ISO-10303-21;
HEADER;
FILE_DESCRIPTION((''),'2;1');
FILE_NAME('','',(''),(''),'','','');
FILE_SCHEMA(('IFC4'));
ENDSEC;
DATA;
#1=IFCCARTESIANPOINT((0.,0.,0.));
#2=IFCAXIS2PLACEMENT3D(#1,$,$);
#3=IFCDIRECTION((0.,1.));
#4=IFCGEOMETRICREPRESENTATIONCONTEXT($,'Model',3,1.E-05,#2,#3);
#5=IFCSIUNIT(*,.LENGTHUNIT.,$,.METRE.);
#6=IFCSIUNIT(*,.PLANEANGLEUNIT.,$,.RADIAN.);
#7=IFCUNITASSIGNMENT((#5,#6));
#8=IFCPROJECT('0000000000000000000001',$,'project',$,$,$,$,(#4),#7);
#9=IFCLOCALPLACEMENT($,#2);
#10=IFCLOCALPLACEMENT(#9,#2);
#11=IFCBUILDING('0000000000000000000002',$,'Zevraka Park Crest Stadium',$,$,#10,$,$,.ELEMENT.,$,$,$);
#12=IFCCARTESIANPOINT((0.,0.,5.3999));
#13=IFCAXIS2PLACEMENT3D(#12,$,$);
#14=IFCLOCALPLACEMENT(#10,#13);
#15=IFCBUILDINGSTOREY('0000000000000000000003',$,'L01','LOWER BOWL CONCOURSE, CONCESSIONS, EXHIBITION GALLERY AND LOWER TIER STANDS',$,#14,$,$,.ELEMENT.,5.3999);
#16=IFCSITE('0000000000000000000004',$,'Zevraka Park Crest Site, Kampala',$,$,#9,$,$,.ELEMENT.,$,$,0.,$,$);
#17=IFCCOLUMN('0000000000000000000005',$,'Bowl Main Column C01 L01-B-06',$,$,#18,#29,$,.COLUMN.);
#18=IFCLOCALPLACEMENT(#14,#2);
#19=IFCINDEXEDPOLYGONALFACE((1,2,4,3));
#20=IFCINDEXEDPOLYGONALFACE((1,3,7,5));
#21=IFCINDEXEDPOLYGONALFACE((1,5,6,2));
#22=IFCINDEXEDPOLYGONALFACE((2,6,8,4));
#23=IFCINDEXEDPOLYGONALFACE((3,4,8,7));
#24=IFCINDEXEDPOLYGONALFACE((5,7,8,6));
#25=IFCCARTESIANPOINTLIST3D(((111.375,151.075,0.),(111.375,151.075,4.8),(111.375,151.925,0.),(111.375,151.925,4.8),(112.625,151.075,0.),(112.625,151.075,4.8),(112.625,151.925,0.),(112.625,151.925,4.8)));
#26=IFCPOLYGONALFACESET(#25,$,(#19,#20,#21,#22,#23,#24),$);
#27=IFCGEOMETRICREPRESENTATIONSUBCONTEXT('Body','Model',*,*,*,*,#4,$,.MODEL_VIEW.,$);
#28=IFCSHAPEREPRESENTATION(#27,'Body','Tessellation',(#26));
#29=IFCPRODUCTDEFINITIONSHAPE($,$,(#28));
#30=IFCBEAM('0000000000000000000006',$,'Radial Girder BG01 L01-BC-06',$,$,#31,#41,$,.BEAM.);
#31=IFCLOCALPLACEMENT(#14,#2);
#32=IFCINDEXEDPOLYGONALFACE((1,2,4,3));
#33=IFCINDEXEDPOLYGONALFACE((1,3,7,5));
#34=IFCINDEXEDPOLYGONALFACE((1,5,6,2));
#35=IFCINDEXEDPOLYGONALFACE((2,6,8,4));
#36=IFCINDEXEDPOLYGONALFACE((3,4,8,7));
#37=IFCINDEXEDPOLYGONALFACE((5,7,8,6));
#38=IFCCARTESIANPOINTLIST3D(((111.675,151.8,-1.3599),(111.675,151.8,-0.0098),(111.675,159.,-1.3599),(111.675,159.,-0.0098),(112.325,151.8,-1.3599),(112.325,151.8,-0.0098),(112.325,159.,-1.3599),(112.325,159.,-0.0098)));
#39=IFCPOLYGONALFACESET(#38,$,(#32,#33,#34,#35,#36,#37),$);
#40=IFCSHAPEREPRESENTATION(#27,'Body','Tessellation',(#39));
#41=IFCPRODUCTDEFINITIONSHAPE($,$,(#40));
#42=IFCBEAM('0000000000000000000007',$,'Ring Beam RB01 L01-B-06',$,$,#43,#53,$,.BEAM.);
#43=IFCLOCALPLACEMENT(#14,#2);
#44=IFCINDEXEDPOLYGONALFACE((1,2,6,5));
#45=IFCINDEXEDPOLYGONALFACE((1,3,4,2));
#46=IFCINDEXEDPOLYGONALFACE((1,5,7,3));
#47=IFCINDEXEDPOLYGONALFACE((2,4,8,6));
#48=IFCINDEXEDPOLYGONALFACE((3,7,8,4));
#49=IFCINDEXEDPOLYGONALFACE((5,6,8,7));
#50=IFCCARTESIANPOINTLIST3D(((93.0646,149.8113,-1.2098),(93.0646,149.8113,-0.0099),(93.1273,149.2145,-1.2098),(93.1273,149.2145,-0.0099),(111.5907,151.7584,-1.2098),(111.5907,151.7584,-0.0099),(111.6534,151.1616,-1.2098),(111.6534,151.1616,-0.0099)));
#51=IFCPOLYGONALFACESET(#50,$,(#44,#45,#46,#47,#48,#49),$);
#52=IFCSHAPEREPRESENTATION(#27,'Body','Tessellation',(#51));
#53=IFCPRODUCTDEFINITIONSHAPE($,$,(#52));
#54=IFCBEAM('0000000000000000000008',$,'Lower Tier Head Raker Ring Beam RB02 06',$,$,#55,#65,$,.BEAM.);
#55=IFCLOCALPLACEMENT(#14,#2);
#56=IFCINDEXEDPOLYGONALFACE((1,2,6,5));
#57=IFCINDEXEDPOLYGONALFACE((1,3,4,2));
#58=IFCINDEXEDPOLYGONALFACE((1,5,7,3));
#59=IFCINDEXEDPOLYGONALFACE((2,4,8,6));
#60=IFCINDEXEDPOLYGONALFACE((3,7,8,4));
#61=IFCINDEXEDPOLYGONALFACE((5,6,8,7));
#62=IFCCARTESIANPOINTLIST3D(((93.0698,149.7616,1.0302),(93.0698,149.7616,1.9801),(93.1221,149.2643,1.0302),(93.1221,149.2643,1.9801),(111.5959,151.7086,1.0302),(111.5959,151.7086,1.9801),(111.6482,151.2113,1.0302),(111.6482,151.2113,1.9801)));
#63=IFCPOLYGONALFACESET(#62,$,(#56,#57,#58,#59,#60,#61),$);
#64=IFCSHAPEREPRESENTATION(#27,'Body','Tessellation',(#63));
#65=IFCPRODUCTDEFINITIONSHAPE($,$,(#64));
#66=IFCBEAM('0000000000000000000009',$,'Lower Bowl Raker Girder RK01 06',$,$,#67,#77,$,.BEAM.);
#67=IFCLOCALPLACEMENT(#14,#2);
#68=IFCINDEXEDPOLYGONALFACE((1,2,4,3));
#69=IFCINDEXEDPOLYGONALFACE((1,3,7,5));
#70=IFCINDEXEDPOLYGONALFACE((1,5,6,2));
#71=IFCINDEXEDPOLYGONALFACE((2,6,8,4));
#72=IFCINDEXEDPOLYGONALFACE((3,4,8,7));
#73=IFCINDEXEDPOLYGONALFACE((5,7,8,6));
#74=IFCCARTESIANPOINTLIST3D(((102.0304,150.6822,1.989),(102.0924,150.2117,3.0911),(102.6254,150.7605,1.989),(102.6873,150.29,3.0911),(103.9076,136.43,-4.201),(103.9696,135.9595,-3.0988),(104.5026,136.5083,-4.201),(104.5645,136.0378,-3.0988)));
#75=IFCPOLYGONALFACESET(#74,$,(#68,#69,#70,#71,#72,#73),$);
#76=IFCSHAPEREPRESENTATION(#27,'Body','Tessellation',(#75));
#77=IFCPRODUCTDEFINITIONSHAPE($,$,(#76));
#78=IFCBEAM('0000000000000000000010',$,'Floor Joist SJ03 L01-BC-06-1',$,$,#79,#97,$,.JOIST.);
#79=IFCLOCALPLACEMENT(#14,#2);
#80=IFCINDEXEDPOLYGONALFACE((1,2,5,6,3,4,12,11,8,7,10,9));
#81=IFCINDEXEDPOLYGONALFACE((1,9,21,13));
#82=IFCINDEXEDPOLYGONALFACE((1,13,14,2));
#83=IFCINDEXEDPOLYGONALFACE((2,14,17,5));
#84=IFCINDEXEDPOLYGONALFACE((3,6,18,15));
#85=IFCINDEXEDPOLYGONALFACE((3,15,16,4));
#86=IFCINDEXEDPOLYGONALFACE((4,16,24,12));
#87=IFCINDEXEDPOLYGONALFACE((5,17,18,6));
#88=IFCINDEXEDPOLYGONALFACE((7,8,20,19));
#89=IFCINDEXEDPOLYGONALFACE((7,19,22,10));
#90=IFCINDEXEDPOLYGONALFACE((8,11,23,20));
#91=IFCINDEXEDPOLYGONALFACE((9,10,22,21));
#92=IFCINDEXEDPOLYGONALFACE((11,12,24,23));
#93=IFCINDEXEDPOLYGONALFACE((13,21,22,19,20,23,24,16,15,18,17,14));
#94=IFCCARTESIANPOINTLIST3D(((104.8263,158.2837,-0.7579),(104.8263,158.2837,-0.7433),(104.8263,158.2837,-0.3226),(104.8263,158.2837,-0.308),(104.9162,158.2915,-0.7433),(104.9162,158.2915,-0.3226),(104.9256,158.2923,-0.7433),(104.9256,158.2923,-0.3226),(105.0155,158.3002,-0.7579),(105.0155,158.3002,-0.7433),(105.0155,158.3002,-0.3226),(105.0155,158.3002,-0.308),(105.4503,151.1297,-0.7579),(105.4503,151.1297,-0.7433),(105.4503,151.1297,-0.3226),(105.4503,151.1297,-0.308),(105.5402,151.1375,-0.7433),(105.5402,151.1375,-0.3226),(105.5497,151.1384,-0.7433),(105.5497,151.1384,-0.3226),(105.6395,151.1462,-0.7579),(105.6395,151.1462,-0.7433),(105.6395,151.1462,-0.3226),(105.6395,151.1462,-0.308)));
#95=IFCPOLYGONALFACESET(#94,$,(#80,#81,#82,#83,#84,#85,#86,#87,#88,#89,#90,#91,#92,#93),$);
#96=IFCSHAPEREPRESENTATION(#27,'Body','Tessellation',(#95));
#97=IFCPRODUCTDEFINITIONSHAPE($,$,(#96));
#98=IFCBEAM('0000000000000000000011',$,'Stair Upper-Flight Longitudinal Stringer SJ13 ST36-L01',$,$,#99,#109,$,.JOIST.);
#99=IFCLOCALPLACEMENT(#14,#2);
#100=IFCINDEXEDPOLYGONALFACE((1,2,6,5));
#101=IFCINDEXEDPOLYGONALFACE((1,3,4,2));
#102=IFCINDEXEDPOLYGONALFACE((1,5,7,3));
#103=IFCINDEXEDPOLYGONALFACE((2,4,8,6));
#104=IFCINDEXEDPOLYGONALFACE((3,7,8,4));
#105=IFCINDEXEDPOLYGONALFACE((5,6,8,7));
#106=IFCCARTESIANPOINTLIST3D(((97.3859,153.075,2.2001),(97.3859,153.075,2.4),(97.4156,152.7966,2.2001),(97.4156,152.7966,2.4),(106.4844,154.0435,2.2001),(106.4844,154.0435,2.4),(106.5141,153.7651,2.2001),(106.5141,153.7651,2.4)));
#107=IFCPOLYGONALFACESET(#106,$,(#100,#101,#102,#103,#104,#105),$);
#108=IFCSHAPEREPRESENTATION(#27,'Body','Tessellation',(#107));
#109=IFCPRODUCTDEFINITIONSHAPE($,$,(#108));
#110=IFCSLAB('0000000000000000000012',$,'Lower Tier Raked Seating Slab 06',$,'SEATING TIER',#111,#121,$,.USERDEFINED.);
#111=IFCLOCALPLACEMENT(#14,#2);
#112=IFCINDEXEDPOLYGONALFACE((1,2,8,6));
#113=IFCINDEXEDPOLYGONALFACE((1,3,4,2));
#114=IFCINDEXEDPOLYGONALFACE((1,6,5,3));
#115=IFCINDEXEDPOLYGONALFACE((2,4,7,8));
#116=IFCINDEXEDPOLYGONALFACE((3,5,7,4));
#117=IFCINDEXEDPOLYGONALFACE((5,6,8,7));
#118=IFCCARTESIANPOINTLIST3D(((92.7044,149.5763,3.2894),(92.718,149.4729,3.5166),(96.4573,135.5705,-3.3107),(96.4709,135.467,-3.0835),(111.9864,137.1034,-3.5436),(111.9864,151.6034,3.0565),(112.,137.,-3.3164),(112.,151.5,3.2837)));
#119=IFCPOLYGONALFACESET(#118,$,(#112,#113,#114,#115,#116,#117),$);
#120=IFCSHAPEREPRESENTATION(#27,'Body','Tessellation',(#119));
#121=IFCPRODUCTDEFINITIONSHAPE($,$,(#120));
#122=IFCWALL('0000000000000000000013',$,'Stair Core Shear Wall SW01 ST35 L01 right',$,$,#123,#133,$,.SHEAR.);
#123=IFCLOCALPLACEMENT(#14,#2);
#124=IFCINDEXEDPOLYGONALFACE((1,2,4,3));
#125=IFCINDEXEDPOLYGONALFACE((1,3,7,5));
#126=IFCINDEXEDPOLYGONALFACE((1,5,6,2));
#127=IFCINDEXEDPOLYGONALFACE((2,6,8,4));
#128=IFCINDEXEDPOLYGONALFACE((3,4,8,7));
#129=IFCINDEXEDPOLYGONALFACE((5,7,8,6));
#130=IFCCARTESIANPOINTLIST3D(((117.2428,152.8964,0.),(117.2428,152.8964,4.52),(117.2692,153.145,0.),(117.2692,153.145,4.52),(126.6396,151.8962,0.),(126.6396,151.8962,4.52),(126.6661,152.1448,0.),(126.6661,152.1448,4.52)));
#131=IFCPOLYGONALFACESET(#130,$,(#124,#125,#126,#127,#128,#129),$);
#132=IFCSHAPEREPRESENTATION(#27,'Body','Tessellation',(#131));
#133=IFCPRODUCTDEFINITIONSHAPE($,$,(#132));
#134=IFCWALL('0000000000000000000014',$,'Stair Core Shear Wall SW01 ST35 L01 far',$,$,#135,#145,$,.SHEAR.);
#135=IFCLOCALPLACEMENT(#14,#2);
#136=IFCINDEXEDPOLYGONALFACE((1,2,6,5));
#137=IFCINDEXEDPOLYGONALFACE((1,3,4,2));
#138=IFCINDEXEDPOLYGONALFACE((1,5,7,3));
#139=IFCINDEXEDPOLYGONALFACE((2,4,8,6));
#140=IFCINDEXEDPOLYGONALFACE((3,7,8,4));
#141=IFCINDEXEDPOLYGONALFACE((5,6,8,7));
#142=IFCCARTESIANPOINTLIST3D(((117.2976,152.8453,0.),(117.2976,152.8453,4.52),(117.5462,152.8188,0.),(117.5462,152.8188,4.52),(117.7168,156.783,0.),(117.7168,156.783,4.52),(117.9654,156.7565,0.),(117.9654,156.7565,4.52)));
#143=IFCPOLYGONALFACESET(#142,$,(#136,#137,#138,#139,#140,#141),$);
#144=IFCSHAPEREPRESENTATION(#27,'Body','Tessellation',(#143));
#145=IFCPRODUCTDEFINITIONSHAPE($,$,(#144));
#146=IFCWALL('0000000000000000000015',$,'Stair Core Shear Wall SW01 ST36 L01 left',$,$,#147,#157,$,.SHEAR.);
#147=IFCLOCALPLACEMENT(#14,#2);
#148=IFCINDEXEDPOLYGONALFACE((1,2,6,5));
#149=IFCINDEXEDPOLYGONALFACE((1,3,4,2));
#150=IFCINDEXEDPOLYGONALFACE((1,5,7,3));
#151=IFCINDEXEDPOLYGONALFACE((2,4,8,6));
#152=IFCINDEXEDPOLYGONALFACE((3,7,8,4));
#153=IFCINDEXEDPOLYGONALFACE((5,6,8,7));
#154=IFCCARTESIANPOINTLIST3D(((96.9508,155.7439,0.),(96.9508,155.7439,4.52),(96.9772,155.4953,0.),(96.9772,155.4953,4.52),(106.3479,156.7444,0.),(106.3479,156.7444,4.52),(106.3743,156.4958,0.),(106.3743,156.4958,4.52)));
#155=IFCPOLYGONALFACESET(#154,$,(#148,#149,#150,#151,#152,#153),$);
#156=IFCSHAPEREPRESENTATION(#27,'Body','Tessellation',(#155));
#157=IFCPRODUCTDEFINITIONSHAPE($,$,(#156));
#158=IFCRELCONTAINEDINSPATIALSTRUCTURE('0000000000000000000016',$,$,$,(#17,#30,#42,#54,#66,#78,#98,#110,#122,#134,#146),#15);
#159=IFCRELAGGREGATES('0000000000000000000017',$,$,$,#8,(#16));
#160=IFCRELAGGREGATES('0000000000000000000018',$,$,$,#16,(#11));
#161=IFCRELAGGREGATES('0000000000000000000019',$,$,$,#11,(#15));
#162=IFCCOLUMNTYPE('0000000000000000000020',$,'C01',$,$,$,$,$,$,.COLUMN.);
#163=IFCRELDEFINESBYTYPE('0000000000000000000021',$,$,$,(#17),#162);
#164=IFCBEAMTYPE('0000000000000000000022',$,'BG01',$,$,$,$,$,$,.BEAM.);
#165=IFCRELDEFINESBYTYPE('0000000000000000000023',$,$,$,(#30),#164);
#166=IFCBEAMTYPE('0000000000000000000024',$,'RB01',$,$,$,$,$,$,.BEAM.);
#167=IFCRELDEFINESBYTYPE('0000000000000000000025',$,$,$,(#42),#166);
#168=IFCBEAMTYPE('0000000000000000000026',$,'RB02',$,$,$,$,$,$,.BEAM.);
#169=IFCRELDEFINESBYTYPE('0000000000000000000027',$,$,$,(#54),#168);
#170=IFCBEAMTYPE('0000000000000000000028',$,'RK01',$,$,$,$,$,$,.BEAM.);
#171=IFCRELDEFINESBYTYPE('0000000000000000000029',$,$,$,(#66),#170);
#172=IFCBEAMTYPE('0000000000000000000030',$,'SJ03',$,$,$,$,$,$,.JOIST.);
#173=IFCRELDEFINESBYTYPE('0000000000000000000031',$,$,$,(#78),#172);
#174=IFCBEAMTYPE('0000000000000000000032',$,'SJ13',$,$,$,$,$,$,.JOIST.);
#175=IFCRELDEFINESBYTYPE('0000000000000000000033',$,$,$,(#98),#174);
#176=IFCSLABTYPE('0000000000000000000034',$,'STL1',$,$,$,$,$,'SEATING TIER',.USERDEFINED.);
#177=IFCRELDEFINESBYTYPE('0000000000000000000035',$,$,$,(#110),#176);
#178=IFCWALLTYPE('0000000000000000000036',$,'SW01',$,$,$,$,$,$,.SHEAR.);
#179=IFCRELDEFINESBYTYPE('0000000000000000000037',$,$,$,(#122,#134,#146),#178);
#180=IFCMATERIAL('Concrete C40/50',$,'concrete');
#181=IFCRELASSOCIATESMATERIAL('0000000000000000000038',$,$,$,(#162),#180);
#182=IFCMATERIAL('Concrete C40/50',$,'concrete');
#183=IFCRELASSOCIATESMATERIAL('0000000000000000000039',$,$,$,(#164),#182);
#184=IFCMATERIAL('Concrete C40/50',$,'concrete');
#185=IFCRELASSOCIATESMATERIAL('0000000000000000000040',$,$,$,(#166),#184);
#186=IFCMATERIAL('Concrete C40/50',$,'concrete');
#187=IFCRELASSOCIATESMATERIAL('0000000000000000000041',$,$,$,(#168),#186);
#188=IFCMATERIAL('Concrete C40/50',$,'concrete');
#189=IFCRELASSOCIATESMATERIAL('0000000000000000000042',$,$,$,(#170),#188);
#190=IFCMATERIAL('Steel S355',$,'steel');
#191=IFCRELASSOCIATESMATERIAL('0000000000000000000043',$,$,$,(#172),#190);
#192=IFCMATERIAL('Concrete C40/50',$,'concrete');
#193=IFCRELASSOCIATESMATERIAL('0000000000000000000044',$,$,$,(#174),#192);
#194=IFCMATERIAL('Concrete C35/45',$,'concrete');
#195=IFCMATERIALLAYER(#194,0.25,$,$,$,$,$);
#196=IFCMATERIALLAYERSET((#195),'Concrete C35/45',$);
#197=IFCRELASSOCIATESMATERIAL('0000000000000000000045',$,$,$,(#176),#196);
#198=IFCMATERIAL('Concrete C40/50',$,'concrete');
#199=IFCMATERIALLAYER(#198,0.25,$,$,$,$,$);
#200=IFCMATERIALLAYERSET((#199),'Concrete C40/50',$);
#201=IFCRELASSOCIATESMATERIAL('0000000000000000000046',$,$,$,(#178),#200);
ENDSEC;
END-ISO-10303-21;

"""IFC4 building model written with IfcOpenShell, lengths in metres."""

from ifc_helpers import new_model, si_unit, direction, frame, frame_2d, origin, origin_2d, place, context, subcontext, project, spatial, polyline, rectangle, i_section, outline, extrude, material, layer, layer_set, material_profile, profile_set, type_object, element, save


model = new_model("IFC4")

# Units and contexts
model_context = context("Model", 3, precision=1e-05, world=origin(), true_north=direction((0.0, 1.0)))
body_context = subcontext(model_context, "Body", "Model", "MODEL_VIEW")
ifc_project = project(units=[si_unit("LENGTHUNIT", "METRE"), si_unit("PLANEANGLEUNIT", "RADIAN")], contexts=[model_context])

# Site, building, storey
site_placement = place(None, origin())
site = spatial("IfcSite", under=ifc_project, at=site_placement, Name="Zevraka Park Crest Site, Kampala", CompositionType="ELEMENT", RefElevation=0.0)
building_placement = place(site_placement, origin())
building = spatial("IfcBuilding", under=site, at=building_placement, Name="Zevraka Park Crest Stadium", CompositionType="ELEMENT")
storey_placement = place(building_placement, frame((0.0, 0.0, 5.3999)))
storey = spatial("IfcBuildingStorey", under=building, at=storey_placement, Name="L01", Description="LOWER BOWL CONCOURSE, CONCESSIONS, EXHIBITION GALLERY AND LOWER TIER STANDS", CompositionType="ELEMENT", Elevation=5.3999)

# Column
ifc_material_1 = material(Name="Concrete C40/50", Category="concrete")
ifc_material_profile_1 = material_profile(ifc_material_1, rectangle(XDim=0.8501, YDim=1.25, at=origin_2d()), Name="RC 1250x850")
ifc_profile_set_1 = profile_set([ifc_material_profile_1], Name="Concrete C40/50")
column_type = type_object("IfcColumnType", Name="C01", PredefinedType="COLUMN", material=ifc_profile_set_1)
column_placement = place(storey_placement, frame((112.0, 151.5, 0.0), z_axis=(0.0, 0.0, 1.0), x_axis=(0.0, 1.0, 0.0)))
element("IfcColumn", 1, at=column_placement, inside=storey, type_object=column_type, Name="Bowl Main Column C01 L01-B-06", PredefinedType="COLUMN", context=body_context, shape_type="SweptSolid", body=[
    extrude(rectangle(XDim=0.8501, YDim=1.25, at=origin_2d()), origin(), (0.0, 0.0, 1.0), 4.8),
])

# Beams
ifc_material_2 = material(Name="Concrete C40/50", Category="concrete")
ifc_material_profile_2 = material_profile(ifc_material_2, rectangle(XDim=0.6499, YDim=1.3501, at=origin_2d()), Name="RC 1350x650")
ifc_profile_set_2 = profile_set([ifc_material_profile_2], Name="Concrete C40/50")
beam_type_1 = type_object("IfcBeamType", Name="BG01", PredefinedType="BEAM", material=ifc_profile_set_2)
beam_1_placement = place(storey_placement, frame((112.0, 151.8, -0.6848), z_axis=(0.0, 1.0, 0.0), x_axis=(-1.0, 0.0, 0.0)))
element("IfcBeam", 2, at=beam_1_placement, inside=storey, type_object=beam_type_1, Name="Radial Girder BG01 L01-BC-06", PredefinedType="BEAM", context=body_context, shape_type="SweptSolid", body=[
    extrude(rectangle(XDim=0.6499, YDim=1.3501, at=origin_2d()), origin(), (0.0, 0.0, 1.0), 7.2),
])
ifc_material_3 = material(Name="Concrete C40/50", Category="concrete")
ifc_material_profile_3 = material_profile(ifc_material_3, rectangle(XDim=0.6001, YDim=1.2, at=origin_2d()), Name="RC 1200x600")
ifc_profile_set_3 = profile_set([ifc_material_profile_3], Name="Concrete C40/50")
beam_type_2 = type_object("IfcBeamType", Name="RB01", PredefinedType="BEAM", material=ifc_profile_set_3)
beam_2_placement = place(storey_placement, frame((111.6221, 151.46, -0.6099), z_axis=(-0.994523, -0.10452, 0.0), x_axis=(0.10452, -0.994523, 0.0)))
element("IfcBeam", 3, at=beam_2_placement, inside=storey, type_object=beam_type_2, Name="Ring Beam RB01 L01-B-06", PredefinedType="BEAM", context=body_context, shape_type="SweptSolid", body=[
    extrude(rectangle(XDim=0.6001, YDim=1.2, at=origin_2d()), origin(), (0.0, 0.0, 1.0), 18.6282),
])
ifc_material_4 = material(Name="Concrete C40/50", Category="concrete")
ifc_material_profile_4 = material_profile(ifc_material_4, rectangle(XDim=0.5, YDim=0.95, at=origin_2d()), Name="RC 950x500")
ifc_profile_set_4 = profile_set([ifc_material_profile_4], Name="Concrete C40/50")
beam_type_3 = type_object("IfcBeamType", Name="RB02", PredefinedType="BEAM", material=ifc_profile_set_4)
beam_3_placement = place(storey_placement, frame((111.6221, 151.46, 1.5051), z_axis=(-0.994523, -0.10452, 0.0), x_axis=(0.10452, -0.994523, 0.0)))
element("IfcBeam", 4, at=beam_3_placement, inside=storey, type_object=beam_type_3, Name="Lower Tier Head Raker Ring Beam RB02 06", PredefinedType="BEAM", context=body_context, shape_type="SweptSolid", body=[
    extrude(rectangle(XDim=0.5, YDim=0.95, at=origin_2d()), origin(), (0.0, 0.0, 1.0), 18.6282),
])
ifc_material_5 = material(Name="Concrete C40/50", Category="concrete")
ifc_material_profile_5 = material_profile(ifc_material_5, rectangle(XDim=0.6001, YDim=1.2, at=origin_2d()), Name="RC 1200x600")
ifc_profile_set_5 = profile_set([ifc_material_profile_5], Name="Concrete C40/50")
beam_type_4 = type_object("IfcBeamType", Name="RK01", PredefinedType="BEAM", material=ifc_profile_set_5)
beam_4_placement = place(storey_placement, frame((104.2361, 136.2339, -3.6499), z_axis=(-0.119938, 0.910606, 0.39549), x_axis=(-0.991437, -0.130585, 0.0)))
element("IfcBeam", 5, at=beam_4_placement, inside=storey, type_object=beam_type_4, Name="Lower Bowl Raker Girder RK01 06", PredefinedType="BEAM", context=body_context, shape_type="SweptSolid", body=[
    extrude(rectangle(XDim=0.6001, YDim=1.2, at=origin_2d()), origin(), (0.0, 0.0, 1.0), 15.6514),
])
ifc_material_6 = material(Name="Steel S355", Category="steel")
ifc_material_profile_6 = material_profile(ifc_material_6, i_section(OverallWidth=0.1899, OverallDepth=0.45, WebThickness=0.0095, FlangeThickness=0.0146, at=origin_2d()), Name="IPE 450")
ifc_profile_set_6 = profile_set([ifc_material_profile_6], Name="Steel S355")
beam_type_5 = type_object("IfcBeamType", Name="SJ03", PredefinedType="JOIST", material=ifc_profile_set_6)
beam_5_placement = place(storey_placement, frame((105.5449, 151.1379, -0.533), z_axis=(-0.086897, 0.996217, 0.0), x_axis=(-0.996217, -0.086897, 0.0)))
element("IfcBeam", 6, at=beam_5_placement, inside=storey, type_object=beam_type_5, Name="Floor Joist SJ03 L01-BC-06-1", PredefinedType="JOIST", context=body_context, shape_type="SweptSolid", body=[
    extrude(i_section(OverallWidth=0.1899, OverallDepth=0.45, WebThickness=0.0095, FlangeThickness=0.0146, at=origin_2d()), origin(), (0.0, 0.0, 1.0), 7.1812),
])
ifc_material_7 = material(Name="Concrete C40/50", Category="concrete")
ifc_material_profile_7 = material_profile(ifc_material_7, rectangle(XDim=0.28, YDim=0.2, at=origin_2d()), Name="RC 200x280")
ifc_profile_set_7 = profile_set([ifc_material_profile_7], Name="Concrete C40/50")
beam_type_6 = type_object("IfcBeamType", Name="SJ13", PredefinedType="JOIST", material=ifc_profile_set_7)
beam_6_placement = place(storey_placement, frame((106.4993, 153.9043, 2.3), z_axis=(-0.994382, -0.10585, 0.0), x_axis=(0.10585, -0.994382, 0.0)))
element("IfcBeam", 7, at=beam_6_placement, inside=storey, type_object=beam_type_6, Name="Stair Upper-Flight Longitudinal Stringer SJ13 ST36-L01", PredefinedType="JOIST", context=body_context, shape_type="SweptSolid", body=[
    extrude(rectangle(XDim=0.28, YDim=0.2, at=origin_2d()), origin(), (0.0, 0.0, 1.0), 9.1499),
])

# Slab
ifc_material_8 = material(Name="Concrete C35/45", Category="concrete")
ifc_layer_1 = layer(ifc_material_8, 0.25)
ifc_layer_set_1 = layer_set([ifc_layer_1], Name="Concrete C35/45")
slab_type = type_object("IfcSlabType", Name="STL1", ElementType="SEATING TIER", PredefinedType="USERDEFINED", material=ifc_layer_set_1)
slab_placement = place(storey_placement, frame((112.0, 137.0, -3.3164), z_axis=(0.054466, -0.413666, 0.908798), x_axis=(-0.995052, -0.098227, 0.014924)))
element("IfcSlab", 8, at=slab_placement, inside=storey, type_object=slab_type, Name="Lower Tier Raked Seating Slab 06", ObjectType="SEATING TIER", PredefinedType="USERDEFINED", context=body_context, shape_type="SweptSolid", body=[
    extrude(outline(polyline([(0.0, 0.0), (15.6063, 0.0), (18.0634, -15.7408), (-1.3258, -15.8762), (0.0, 0.0)])), origin(), (0.0, 0.0, -1.0), 0.25),
])

# Walls
ifc_material_9 = material(Name="Concrete C40/50", Category="concrete")
ifc_layer_2 = layer(ifc_material_9, 0.25)
ifc_layer_set_2 = layer_set([ifc_layer_2], Name="Concrete C40/50")
wall_type = type_object("IfcWallType", Name="SW01", PredefinedType="SHEAR", material=ifc_layer_set_2)
wall_1_placement = place(storey_placement, frame((117.2559, 153.0208, 0.0), z_axis=(0.0, 0.0, 1.0), x_axis=(0.994383, -0.105845, 0.0)))
element("IfcWall", 9, at=wall_1_placement, inside=storey, type_object=wall_type, Name="Stair Core Shear Wall SW01 ST35 L01 right", PredefinedType="SHEAR", context=body_context, shape_type="SweptSolid", body=[
    extrude(rectangle(XDim=9.45, YDim=0.25, at=frame_2d((4.7251, 0.0))), origin(), (0.0, 0.0, 1.0), 4.52),
])
wall_2_placement = place(storey_placement, frame((117.8411, 156.7698, 0.0), z_axis=(0.0, 0.0, 1.0), x_axis=(-0.105856, -0.994381, 0.0)))
element("IfcWall", 10, at=wall_2_placement, inside=storey, type_object=wall_type, Name="Stair Core Shear Wall SW01 ST35 L01 far", PredefinedType="SHEAR", context=body_context, shape_type="SweptSolid", body=[
    extrude(rectangle(XDim=3.96, YDim=0.25, at=frame_2d((1.98, 0.0))), origin(), (0.0, 0.0, 1.0), 4.52),
])
wall_3_placement = place(storey_placement, frame((106.3611, 156.6201, 0.0), z_axis=(0.0, 0.0, 1.0), x_axis=(-0.99438, -0.105871, 0.0)))
element("IfcWall", 11, at=wall_3_placement, inside=storey, type_object=wall_type, Name="Stair Core Shear Wall SW01 ST36 L01 left", PredefinedType="SHEAR", context=body_context, shape_type="SweptSolid", body=[
    extrude(rectangle(XDim=9.4502, YDim=0.25, at=frame_2d((4.7251, 0.0))), origin(), (0.0, 0.0, 1.0), 4.52),
])

save(model, "model.ifc")
